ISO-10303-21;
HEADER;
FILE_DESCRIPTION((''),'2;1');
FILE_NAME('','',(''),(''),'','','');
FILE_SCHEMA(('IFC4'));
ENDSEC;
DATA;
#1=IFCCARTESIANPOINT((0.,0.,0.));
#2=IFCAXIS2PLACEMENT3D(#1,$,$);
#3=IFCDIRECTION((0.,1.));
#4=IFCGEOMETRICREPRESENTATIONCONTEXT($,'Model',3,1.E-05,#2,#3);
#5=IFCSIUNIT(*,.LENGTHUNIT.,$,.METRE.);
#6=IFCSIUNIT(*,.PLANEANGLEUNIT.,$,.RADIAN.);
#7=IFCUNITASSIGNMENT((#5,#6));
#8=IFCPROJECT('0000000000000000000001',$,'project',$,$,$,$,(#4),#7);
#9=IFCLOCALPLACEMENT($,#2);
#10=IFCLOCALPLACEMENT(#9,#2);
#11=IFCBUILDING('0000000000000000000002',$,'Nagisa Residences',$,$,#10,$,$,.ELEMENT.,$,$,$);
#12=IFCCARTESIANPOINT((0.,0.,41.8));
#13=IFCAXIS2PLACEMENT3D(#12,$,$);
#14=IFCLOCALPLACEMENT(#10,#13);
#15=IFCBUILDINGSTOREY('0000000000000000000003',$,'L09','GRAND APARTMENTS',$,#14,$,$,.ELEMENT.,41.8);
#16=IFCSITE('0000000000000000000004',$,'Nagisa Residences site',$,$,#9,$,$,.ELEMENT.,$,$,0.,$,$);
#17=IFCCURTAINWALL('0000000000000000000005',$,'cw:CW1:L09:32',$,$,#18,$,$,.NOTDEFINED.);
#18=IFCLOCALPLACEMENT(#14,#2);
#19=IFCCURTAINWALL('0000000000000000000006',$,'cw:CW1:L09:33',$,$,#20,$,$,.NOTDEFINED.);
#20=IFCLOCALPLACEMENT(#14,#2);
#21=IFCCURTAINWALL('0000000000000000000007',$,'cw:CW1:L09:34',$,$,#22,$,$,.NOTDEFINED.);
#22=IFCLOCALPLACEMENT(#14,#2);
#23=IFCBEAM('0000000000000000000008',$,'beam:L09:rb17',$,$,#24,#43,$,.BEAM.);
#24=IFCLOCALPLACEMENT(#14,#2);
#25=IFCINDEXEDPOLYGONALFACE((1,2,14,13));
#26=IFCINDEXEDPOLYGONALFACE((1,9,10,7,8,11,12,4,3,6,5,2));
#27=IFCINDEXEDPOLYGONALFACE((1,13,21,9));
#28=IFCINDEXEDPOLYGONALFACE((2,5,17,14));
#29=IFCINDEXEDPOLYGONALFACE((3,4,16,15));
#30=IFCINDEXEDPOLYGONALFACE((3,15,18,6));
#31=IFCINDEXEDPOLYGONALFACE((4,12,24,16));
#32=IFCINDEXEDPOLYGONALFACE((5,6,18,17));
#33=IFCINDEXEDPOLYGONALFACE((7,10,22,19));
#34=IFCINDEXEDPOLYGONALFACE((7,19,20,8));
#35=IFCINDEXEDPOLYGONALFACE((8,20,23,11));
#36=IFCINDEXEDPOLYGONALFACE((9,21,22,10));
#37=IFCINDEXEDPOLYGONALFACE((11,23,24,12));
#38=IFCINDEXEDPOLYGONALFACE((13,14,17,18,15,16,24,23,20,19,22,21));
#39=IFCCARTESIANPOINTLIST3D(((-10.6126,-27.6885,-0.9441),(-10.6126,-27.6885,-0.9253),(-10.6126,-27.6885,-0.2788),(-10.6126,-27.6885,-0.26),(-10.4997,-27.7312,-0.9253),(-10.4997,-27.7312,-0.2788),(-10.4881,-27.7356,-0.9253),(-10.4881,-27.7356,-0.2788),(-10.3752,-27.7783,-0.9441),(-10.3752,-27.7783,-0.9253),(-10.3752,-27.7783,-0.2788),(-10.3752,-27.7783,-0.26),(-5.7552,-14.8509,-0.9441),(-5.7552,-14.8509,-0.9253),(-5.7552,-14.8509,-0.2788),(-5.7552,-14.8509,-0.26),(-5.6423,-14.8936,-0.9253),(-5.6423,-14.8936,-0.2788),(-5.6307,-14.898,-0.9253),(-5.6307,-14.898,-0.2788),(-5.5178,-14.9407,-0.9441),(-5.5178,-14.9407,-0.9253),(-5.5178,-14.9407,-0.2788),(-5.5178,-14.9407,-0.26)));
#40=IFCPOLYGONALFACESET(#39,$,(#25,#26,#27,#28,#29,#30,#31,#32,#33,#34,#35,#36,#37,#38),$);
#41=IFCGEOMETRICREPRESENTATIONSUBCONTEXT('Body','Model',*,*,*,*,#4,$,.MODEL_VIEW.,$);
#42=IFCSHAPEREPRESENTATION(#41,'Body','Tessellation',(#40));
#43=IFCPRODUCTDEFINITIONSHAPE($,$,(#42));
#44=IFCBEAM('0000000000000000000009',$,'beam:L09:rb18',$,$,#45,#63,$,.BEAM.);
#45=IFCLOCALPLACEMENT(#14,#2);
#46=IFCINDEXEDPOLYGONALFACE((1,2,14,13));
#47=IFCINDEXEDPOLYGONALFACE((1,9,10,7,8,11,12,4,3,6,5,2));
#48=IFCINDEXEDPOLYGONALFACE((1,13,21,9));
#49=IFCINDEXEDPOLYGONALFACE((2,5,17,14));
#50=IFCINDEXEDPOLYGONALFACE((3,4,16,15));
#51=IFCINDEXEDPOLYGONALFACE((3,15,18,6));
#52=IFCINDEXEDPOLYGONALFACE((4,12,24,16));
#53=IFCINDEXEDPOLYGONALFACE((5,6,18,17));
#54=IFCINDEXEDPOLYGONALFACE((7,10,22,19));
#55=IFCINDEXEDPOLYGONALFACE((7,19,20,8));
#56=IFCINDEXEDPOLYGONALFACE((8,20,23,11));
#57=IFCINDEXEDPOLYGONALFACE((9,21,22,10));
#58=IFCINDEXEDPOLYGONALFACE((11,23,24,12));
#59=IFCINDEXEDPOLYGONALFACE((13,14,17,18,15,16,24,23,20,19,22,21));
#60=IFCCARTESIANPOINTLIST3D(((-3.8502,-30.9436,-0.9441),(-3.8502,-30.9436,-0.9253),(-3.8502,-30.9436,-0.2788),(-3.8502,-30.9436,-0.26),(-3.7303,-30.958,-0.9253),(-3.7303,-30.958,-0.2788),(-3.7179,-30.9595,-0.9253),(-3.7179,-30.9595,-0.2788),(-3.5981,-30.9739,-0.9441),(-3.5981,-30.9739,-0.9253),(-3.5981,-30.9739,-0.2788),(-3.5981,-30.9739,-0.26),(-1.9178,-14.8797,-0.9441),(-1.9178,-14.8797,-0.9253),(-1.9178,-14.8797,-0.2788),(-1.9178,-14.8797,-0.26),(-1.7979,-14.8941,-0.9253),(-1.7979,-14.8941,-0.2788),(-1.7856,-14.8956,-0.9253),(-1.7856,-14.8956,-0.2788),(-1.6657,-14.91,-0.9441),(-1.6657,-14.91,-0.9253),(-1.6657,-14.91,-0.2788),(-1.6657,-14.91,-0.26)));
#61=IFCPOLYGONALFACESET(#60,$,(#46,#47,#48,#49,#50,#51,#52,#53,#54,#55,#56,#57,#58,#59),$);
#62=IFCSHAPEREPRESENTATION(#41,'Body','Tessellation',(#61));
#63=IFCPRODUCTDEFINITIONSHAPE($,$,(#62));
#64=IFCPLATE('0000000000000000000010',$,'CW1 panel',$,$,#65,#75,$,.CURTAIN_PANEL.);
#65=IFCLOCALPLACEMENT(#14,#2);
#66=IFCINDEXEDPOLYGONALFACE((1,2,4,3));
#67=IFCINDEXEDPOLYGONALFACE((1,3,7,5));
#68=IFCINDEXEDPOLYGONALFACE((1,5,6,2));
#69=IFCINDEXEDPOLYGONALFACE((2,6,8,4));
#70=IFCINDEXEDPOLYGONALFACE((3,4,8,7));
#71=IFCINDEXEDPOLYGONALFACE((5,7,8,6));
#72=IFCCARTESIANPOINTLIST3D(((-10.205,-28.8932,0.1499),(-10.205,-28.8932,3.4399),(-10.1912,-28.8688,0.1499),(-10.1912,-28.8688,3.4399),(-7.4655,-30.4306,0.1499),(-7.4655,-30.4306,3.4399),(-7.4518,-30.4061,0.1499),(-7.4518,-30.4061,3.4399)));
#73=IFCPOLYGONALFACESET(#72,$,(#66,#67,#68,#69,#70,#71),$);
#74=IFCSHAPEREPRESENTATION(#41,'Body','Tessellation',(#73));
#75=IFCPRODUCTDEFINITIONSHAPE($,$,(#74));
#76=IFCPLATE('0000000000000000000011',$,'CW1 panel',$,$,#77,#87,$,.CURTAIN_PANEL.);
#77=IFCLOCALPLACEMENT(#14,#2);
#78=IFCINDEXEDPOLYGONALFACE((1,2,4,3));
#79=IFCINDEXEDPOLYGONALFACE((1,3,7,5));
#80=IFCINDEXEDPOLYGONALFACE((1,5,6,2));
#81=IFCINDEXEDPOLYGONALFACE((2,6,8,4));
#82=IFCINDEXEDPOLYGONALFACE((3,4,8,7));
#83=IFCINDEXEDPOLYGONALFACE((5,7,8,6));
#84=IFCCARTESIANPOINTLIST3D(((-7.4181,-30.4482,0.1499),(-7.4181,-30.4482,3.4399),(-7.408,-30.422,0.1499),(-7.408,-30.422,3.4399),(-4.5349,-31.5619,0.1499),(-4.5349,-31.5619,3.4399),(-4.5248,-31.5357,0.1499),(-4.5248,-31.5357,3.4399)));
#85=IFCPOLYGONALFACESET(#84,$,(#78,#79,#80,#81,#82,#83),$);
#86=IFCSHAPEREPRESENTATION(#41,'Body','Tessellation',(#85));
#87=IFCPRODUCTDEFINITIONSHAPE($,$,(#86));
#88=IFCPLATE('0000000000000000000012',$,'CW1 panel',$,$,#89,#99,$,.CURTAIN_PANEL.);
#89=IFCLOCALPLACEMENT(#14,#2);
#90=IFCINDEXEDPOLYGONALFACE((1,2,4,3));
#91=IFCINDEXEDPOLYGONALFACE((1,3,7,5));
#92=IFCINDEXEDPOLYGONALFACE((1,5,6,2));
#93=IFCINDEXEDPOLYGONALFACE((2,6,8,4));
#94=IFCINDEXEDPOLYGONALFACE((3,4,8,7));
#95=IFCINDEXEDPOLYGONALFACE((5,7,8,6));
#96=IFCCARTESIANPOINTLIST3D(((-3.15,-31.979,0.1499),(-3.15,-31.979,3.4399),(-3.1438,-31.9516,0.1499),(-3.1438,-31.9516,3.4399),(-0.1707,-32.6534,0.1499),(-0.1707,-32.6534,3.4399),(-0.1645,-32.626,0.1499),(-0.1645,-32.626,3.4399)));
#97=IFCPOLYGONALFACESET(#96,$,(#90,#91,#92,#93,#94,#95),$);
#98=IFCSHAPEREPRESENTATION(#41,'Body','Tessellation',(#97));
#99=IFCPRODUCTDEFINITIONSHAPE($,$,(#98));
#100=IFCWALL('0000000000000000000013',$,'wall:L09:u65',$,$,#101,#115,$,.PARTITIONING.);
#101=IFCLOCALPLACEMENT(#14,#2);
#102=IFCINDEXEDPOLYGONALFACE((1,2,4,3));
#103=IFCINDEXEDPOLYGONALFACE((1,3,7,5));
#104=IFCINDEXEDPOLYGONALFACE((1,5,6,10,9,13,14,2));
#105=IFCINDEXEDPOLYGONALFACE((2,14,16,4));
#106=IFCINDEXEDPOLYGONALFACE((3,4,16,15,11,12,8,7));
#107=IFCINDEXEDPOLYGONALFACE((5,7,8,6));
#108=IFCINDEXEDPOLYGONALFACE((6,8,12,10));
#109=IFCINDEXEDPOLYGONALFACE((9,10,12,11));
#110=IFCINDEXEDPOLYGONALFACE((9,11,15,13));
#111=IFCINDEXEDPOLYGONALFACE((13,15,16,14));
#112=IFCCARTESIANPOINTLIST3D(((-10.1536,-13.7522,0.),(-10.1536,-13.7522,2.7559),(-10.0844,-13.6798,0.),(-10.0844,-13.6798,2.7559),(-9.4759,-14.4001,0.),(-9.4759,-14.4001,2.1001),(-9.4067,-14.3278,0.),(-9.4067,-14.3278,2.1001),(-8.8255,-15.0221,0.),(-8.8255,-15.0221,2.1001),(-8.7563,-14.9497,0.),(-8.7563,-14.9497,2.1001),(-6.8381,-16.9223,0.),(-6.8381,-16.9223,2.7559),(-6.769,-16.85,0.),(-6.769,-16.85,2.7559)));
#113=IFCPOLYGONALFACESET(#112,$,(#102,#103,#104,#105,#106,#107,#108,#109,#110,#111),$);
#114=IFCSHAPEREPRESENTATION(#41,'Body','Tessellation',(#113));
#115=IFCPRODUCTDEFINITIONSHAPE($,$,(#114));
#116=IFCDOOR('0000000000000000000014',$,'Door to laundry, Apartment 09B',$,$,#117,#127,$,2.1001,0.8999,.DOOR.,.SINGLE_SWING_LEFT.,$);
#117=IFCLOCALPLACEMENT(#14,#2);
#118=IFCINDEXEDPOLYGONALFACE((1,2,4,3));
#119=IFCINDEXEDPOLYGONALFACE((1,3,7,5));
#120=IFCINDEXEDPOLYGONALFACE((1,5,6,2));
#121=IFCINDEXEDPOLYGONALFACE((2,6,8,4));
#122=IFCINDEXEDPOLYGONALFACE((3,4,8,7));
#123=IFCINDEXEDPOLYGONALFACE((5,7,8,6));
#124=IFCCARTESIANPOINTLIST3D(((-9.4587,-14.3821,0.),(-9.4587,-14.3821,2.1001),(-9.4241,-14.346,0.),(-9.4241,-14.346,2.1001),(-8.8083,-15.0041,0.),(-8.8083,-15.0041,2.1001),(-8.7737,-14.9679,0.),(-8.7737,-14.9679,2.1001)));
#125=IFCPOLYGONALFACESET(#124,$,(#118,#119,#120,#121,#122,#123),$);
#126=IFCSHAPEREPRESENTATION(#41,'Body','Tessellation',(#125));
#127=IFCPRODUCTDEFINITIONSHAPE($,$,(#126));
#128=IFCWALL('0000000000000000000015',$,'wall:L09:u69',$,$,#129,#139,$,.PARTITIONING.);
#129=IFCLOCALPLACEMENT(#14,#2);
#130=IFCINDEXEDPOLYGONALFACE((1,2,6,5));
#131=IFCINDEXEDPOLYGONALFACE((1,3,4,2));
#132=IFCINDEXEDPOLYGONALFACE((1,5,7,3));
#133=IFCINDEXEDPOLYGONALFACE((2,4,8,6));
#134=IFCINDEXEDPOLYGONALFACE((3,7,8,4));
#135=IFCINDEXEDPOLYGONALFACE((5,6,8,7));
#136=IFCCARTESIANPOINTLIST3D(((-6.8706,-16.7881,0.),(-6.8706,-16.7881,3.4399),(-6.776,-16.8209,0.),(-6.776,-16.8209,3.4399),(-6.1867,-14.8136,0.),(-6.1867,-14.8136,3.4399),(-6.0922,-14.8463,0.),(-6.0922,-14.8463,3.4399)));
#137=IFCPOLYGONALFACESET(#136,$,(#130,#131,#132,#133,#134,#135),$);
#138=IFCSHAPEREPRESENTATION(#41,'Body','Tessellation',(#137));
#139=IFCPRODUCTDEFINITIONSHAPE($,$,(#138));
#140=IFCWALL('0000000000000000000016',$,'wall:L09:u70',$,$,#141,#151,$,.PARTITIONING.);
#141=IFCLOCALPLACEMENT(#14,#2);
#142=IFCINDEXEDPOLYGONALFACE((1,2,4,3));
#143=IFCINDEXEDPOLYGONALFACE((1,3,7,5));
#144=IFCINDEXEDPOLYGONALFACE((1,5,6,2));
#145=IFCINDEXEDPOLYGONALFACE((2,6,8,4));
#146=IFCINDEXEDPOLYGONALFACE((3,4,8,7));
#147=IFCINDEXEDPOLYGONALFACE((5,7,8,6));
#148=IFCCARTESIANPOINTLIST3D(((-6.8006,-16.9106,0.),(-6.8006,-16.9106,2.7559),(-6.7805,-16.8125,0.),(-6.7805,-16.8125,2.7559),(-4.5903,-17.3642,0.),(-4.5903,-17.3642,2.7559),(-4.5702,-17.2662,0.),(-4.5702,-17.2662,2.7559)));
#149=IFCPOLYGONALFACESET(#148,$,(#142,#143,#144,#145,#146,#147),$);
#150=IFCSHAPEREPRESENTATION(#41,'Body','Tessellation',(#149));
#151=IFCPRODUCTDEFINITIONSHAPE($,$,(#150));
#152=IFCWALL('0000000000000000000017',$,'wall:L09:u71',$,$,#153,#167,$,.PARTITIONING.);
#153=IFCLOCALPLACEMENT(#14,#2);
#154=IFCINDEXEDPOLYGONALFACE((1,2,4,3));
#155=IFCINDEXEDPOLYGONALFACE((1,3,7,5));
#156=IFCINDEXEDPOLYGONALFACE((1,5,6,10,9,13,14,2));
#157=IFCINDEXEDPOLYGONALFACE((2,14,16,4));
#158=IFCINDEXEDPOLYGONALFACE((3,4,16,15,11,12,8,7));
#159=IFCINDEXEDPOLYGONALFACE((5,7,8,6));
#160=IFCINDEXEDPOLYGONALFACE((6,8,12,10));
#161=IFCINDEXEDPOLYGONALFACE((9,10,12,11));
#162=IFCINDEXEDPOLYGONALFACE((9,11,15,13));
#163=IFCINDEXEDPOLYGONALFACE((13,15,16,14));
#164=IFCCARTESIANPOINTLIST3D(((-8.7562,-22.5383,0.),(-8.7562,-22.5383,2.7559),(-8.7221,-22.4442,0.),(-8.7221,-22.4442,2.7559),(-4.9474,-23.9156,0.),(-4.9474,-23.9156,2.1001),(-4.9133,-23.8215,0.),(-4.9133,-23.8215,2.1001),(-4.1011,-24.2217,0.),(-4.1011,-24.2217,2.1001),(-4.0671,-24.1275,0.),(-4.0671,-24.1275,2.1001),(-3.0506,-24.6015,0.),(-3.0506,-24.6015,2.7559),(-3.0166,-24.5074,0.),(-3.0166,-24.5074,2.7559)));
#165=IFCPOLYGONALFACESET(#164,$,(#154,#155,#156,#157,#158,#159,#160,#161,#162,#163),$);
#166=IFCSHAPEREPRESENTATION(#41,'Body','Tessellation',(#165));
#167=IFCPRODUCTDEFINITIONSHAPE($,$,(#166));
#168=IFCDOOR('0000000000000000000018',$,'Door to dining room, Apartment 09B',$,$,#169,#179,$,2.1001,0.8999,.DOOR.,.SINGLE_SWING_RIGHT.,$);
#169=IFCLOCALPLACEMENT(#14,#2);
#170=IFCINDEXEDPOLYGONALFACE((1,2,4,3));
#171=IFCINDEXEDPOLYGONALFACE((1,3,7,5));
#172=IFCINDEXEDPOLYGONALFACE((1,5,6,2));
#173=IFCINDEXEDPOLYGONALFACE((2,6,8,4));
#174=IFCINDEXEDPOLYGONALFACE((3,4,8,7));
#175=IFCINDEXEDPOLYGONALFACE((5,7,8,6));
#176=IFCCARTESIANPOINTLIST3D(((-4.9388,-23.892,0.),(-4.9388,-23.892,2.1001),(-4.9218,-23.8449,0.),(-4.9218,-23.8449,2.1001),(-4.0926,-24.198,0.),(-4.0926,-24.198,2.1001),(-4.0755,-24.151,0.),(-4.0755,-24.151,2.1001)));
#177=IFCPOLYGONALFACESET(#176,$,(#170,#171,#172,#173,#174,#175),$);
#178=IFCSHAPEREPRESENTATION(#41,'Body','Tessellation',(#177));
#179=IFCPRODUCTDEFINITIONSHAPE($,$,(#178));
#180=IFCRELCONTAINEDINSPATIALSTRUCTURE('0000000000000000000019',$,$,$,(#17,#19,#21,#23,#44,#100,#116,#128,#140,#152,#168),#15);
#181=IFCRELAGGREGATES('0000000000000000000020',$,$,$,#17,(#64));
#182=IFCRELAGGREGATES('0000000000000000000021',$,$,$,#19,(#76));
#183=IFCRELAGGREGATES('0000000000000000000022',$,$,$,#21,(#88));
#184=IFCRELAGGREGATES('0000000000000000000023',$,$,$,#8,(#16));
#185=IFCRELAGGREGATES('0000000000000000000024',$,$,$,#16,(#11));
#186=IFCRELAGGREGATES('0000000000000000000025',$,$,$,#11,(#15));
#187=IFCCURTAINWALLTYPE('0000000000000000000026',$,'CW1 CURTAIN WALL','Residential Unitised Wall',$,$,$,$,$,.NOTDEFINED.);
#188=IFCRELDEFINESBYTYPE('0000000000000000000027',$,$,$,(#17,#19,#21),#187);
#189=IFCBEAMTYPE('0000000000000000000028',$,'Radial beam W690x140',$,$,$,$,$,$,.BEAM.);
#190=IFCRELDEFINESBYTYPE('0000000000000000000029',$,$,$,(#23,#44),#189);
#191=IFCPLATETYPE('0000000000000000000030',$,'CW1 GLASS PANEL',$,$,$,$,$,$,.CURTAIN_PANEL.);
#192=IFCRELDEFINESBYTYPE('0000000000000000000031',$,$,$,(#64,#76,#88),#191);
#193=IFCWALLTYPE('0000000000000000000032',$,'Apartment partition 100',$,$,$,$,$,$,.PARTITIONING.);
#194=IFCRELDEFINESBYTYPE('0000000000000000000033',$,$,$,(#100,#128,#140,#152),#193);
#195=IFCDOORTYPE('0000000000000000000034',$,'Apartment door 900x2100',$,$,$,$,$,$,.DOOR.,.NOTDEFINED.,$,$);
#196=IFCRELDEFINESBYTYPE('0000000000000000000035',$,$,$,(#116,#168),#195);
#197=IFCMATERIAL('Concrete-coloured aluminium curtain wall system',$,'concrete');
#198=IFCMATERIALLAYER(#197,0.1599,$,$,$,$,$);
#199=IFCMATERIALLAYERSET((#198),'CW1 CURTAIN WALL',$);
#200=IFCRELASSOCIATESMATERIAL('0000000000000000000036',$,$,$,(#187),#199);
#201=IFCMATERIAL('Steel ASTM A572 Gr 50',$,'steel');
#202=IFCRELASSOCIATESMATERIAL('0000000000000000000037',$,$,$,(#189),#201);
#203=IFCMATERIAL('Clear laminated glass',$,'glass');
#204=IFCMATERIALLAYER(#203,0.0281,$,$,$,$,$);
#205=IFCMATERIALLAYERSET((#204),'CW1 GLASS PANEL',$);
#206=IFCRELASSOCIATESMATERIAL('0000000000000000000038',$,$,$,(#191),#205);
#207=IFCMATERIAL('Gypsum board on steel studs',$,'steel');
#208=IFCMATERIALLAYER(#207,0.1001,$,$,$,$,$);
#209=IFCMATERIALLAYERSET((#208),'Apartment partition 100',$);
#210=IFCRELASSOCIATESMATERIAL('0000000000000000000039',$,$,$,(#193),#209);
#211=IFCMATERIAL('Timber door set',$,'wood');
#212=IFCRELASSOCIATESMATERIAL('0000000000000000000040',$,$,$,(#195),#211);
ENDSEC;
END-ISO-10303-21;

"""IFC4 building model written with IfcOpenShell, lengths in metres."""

from ifc_helpers import new_model, si_unit, direction, frame, frame_2d, origin, origin_2d, place, context, subcontext, project, spatial, rectangle, i_section, extrude, material, layer, layer_set, material_profile, profile_set, type_object, element, fill, aggregate, save


model = new_model("IFC4")

# Units and contexts
model_context = context("Model", 3, precision=1e-05, world=origin(), true_north=direction((0.0, 1.0)))
body_context = subcontext(model_context, "Body", "Model", "MODEL_VIEW")
ifc_project = project(units=[si_unit("LENGTHUNIT", "METRE"), si_unit("PLANEANGLEUNIT", "RADIAN")], contexts=[model_context])

# Site, building, storey
site_placement = place(None, origin())
site = spatial("IfcSite", under=ifc_project, at=site_placement, Name="Nagisa Residences site", CompositionType="ELEMENT", RefElevation=0.0)
building_placement = place(site_placement, origin())
building = spatial("IfcBuilding", under=site, at=building_placement, Name="Nagisa Residences", CompositionType="ELEMENT")
storey_placement = place(building_placement, frame((0.0, 0.0, 41.8)))
storey = spatial("IfcBuildingStorey", under=building, at=storey_placement, Name="L09", Description="GRAND APARTMENTS", CompositionType="ELEMENT", Elevation=41.8)

# Curtain walls
ifc_material_1 = material(Name="Concrete-coloured aluminium curtain wall system", Category="concrete")
ifc_layer_1 = layer(ifc_material_1, 0.1599)
ifc_layer_set_1 = layer_set([ifc_layer_1], Name="CW1 CURTAIN WALL")
curtain_wall_type = type_object("IfcCurtainWallType", Name="CW1 CURTAIN WALL", Description="Residential Unitised Wall", PredefinedType="NOTDEFINED", material=ifc_layer_set_1)
curtain_wall_1_placement = place(storey_placement, origin())
curtain_wall_1 = element("IfcCurtainWall", 1, at=curtain_wall_1_placement, inside=storey, type_object=curtain_wall_type, Name="cw:CW1:L09:32", PredefinedType="NOTDEFINED")
curtain_wall_2_placement = place(storey_placement, origin())
curtain_wall_2 = element("IfcCurtainWall", 2, at=curtain_wall_2_placement, inside=storey, type_object=curtain_wall_type, Name="cw:CW1:L09:33", PredefinedType="NOTDEFINED")
curtain_wall_3_placement = place(storey_placement, origin())
curtain_wall_3 = element("IfcCurtainWall", 3, at=curtain_wall_3_placement, inside=storey, type_object=curtain_wall_type, Name="cw:CW1:L09:34", PredefinedType="NOTDEFINED")

# Beams
ifc_material_2 = material(Name="Steel ASTM A572 Gr 50", Category="steel")
ifc_material_profile_1 = material_profile(ifc_material_2, i_section(OverallWidth=0.2539, OverallDepth=0.6841, WebThickness=0.0125, FlangeThickness=0.0188, at=origin_2d()), Name="W690x140")
ifc_profile_set_1 = profile_set([ifc_material_profile_1], Name="Steel ASTM A572 Gr 50")
beam_type_1 = type_object("IfcBeamType", Name="Radial beam W690x140", PredefinedType="BEAM", material=ifc_profile_set_1)
beam_1_placement = place(storey_placement, frame((-10.4939, -27.7334, -0.6021), z_axis=(0.353888, 0.935288, 0.0), x_axis=(-0.935288, 0.353888, 0.0)))
element("IfcBeam", 4, at=beam_1_placement, inside=storey, type_object=beam_type_1, Name="beam:L09:rb17", PredefinedType="BEAM", context=body_context, shape_type="SweptSolid", body=[
    extrude(i_section(OverallWidth=0.2539, OverallDepth=0.6841, WebThickness=0.0125, FlangeThickness=0.0188, at=origin_2d()), origin(), (0.0, 0.0, 1.0), 13.7258),
])
beam_2_placement = place(storey_placement, frame((-3.7241, -30.9587, -0.6021), z_axis=(0.119431, 0.992842, 0.0), x_axis=(-0.992842, 0.119431, 0.0)))
element("IfcBeam", 5, at=beam_2_placement, inside=storey, type_object=beam_type_1, Name="beam:L09:rb18", PredefinedType="BEAM", context=body_context, shape_type="SweptSolid", body=[
    extrude(i_section(OverallWidth=0.2539, OverallDepth=0.6841, WebThickness=0.0125, FlangeThickness=0.0188, at=origin_2d()), origin(), (0.0, 0.0, 1.0), 16.1797),
])

# Plates
ifc_material_3 = material(Name="Clear laminated glass", Category="glass")
ifc_layer_2 = layer(ifc_material_3, 0.0281)
ifc_layer_set_2 = layer_set([ifc_layer_2], Name="CW1 GLASS PANEL")
plate_type = type_object("IfcPlateType", Name="CW1 GLASS PANEL", PredefinedType="CURTAIN_PANEL", material=ifc_layer_set_2)
plate_1_placement = place(storey_placement, frame((-8.8284, -29.6497, 0.1499), z_axis=(0.0, 0.0, 1.0), x_axis=(0.872072, -0.489377, 0.0)))
plate_1 = element("IfcPlate", 6, at=plate_1_placement, type_object=plate_type, Name="CW1 panel", PredefinedType="CURTAIN_PANEL", context=body_context, shape_type="SweptSolid", body=[
    extrude(rectangle(XDim=3.1414, YDim=0.0281, at=origin_2d()), origin(), (0.0, 0.0, 1.0), 3.29),
])
aggregate(curtain_wall_1, [plate_1])
plate_2_placement = place(storey_placement, frame((-5.9714, -30.9919, 0.1499), z_axis=(0.0, 0.0, 1.0), x_axis=(0.932826, -0.360328, 0.0)))
plate_2 = element("IfcPlate", 7, at=plate_2_placement, type_object=plate_type, Name="CW1 panel", PredefinedType="CURTAIN_PANEL", context=body_context, shape_type="SweptSolid", body=[
    extrude(rectangle(XDim=3.0908, YDim=0.0281, at=origin_2d()), origin(), (0.0, 0.0, 1.0), 3.29),
])
aggregate(curtain_wall_2, [plate_2])
plate_3_placement = place(storey_placement, frame((-1.6572, -32.3025, 0.1499), z_axis=(0.0, 0.0, 1.0), x_axis=(0.975327, -0.220764, 0.0)))
plate_3 = element("IfcPlate", 8, at=plate_3_placement, type_object=plate_type, Name="CW1 panel", PredefinedType="CURTAIN_PANEL", context=body_context, shape_type="SweptSolid", body=[
    extrude(rectangle(XDim=3.0547, YDim=0.0281, at=origin_2d()), origin(), (0.0, 0.0, 1.0), 3.29),
])
aggregate(curtain_wall_3, [plate_3])

# Wall, opening, door
ifc_material_4 = material(Name="Gypsum board on steel studs", Category="steel")
ifc_layer_3 = layer(ifc_material_4, 0.1001)
ifc_layer_set_3 = layer_set([ifc_layer_3], Name="Apartment partition 100")
wall_type = type_object("IfcWallType", Name="Apartment partition 100", PredefinedType="PARTITIONING", material=ifc_layer_set_3)
wall_1_placement = place(storey_placement, frame((-10.1189, -13.7161, 0.0), z_axis=(0.0, 0.0, 1.0), x_axis=(0.722763, -0.691096, 0.0)))
wall_1 = element("IfcWall", 9, at=wall_1_placement, inside=storey, type_object=wall_type, Name="wall:L09:u65", PredefinedType="PARTITIONING", context=body_context, shape_type="SweptSolid", body=[
    extrude(rectangle(XDim=4.5872, YDim=0.1001, at=frame_2d((2.2935, 0.0))), origin(), (0.0, 0.0, 1.0), 2.7559),
])
opening_1_placement = place(wall_1_placement, frame((0.9375, 0.0, 0.0)))
opening_1 = element("IfcOpeningElement", 10, at=opening_1_placement, cuts=wall_1, PredefinedType="OPENING", context=body_context, shape_type="SweptSolid", body=[
    extrude(rectangle(XDim=0.8999, YDim=2.1001, at=frame_2d((0.45, 1.05))), frame((0.0, 0.0601, 0.0), z_axis=(0.0, -1.0, 0.0), x_axis=(1.0, 0.0, 0.0)), (0.0, 0.0, 1.0), 0.1201),
])
ifc_material_5 = material(Name="Timber door set", Category="wood")
door_type = type_object("IfcDoorType", Name="Apartment door 900x2100", OperationType="NOTDEFINED", PredefinedType="DOOR", material=ifc_material_5)
door_1_placement = place(opening_1_placement, origin())
door_1 = element("IfcDoor", 11, at=door_1_placement, inside=storey, type_object=door_type, Name="Door to laundry, Apartment 09B", OperationType="SINGLE_SWING_LEFT", OverallHeight=2.1001, OverallWidth=0.8999, PredefinedType="DOOR", context=body_context, shape_type="SweptSolid", body=[
    extrude(rectangle(XDim=0.8999, YDim=2.1001, at=frame_2d((0.45, 1.05))), frame((0.0, 0.0249, 0.0), z_axis=(0.0, -1.0, 0.0), x_axis=(1.0, 0.0, 0.0)), (0.0, 0.0, 1.0), 0.05),
])
fill(opening_1, door_1)

# Walls
wall_2_placement = place(storey_placement, frame((-6.1394, -14.8298, 0.0), z_axis=(0.0, 0.0, 1.0), x_axis=(-0.327247, -0.944939, 0.0)))
element("IfcWall", 12, at=wall_2_placement, inside=storey, type_object=wall_type, Name="wall:L09:u69", PredefinedType="PARTITIONING", context=body_context, shape_type="SweptSolid", body=[
    extrude(rectangle(XDim=2.0896, YDim=0.1001, at=frame_2d((1.0449, 0.0))), origin(), (0.0, 0.0, 1.0), 3.4399),
])
wall_3_placement = place(storey_placement, frame((-6.7905, -16.8616, 0.0), z_axis=(0.0, 0.0, 1.0), x_axis=(0.979582, -0.201045, 0.0)))
element("IfcWall", 13, at=wall_3_placement, inside=storey, type_object=wall_type, Name="wall:L09:u70", PredefinedType="PARTITIONING", context=body_context, shape_type="SweptSolid", body=[
    extrude(rectangle(XDim=2.2563, YDim=0.1001, at=frame_2d((1.1282, 0.0))), origin(), (0.0, 0.0, 1.0), 2.7559),
])

# Wall, opening, door
wall_4_placement = place(storey_placement, frame((-8.7393, -22.4912, 0.0), z_axis=(0.0, 0.0, 1.0), x_axis=(0.940402, -0.340066, 0.0)))
wall_4 = element("IfcWall", 14, at=wall_4_placement, inside=storey, type_object=wall_type, Name="wall:L09:u71", PredefinedType="PARTITIONING", context=body_context, shape_type="SweptSolid", body=[
    extrude(rectangle(XDim=6.0671, YDim=0.1001, at=frame_2d((3.0337, 0.0))), origin(), (0.0, 0.0, 1.0), 2.7559),
])
opening_2_placement = place(wall_4_placement, frame((4.0503, 0.0, 0.0)))
opening_2 = element("IfcOpeningElement", 15, at=opening_2_placement, cuts=wall_4, PredefinedType="OPENING", context=body_context, shape_type="SweptSolid", body=[
    extrude(rectangle(XDim=0.8999, YDim=2.1001, at=frame_2d((0.45, 1.05))), frame((0.0, 0.0601, 0.0), z_axis=(0.0, -1.0, 0.0), x_axis=(1.0, 0.0, 0.0)), (0.0, 0.0, 1.0), 0.1201),
])
door_2_placement = place(opening_2_placement, frame((0.8999, 0.0, 0.0), x_axis=(-1.0, 0.0, 0.0)))
door_2 = element("IfcDoor", 16, at=door_2_placement, inside=storey, type_object=door_type, Name="Door to dining room, Apartment 09B", OperationType="SINGLE_SWING_RIGHT", OverallHeight=2.1001, OverallWidth=0.8999, PredefinedType="DOOR", context=body_context, shape_type="SweptSolid", body=[
    extrude(rectangle(XDim=0.8999, YDim=2.1001, at=frame_2d((0.45, 1.05))), frame((0.0, 0.0249, 0.0), z_axis=(0.0, -1.0, 0.0), x_axis=(1.0, 0.0, 0.0)), (0.0, 0.0, 1.0), 0.05),
])
fill(opening_2, door_2)

save(model, "model.ifc")
